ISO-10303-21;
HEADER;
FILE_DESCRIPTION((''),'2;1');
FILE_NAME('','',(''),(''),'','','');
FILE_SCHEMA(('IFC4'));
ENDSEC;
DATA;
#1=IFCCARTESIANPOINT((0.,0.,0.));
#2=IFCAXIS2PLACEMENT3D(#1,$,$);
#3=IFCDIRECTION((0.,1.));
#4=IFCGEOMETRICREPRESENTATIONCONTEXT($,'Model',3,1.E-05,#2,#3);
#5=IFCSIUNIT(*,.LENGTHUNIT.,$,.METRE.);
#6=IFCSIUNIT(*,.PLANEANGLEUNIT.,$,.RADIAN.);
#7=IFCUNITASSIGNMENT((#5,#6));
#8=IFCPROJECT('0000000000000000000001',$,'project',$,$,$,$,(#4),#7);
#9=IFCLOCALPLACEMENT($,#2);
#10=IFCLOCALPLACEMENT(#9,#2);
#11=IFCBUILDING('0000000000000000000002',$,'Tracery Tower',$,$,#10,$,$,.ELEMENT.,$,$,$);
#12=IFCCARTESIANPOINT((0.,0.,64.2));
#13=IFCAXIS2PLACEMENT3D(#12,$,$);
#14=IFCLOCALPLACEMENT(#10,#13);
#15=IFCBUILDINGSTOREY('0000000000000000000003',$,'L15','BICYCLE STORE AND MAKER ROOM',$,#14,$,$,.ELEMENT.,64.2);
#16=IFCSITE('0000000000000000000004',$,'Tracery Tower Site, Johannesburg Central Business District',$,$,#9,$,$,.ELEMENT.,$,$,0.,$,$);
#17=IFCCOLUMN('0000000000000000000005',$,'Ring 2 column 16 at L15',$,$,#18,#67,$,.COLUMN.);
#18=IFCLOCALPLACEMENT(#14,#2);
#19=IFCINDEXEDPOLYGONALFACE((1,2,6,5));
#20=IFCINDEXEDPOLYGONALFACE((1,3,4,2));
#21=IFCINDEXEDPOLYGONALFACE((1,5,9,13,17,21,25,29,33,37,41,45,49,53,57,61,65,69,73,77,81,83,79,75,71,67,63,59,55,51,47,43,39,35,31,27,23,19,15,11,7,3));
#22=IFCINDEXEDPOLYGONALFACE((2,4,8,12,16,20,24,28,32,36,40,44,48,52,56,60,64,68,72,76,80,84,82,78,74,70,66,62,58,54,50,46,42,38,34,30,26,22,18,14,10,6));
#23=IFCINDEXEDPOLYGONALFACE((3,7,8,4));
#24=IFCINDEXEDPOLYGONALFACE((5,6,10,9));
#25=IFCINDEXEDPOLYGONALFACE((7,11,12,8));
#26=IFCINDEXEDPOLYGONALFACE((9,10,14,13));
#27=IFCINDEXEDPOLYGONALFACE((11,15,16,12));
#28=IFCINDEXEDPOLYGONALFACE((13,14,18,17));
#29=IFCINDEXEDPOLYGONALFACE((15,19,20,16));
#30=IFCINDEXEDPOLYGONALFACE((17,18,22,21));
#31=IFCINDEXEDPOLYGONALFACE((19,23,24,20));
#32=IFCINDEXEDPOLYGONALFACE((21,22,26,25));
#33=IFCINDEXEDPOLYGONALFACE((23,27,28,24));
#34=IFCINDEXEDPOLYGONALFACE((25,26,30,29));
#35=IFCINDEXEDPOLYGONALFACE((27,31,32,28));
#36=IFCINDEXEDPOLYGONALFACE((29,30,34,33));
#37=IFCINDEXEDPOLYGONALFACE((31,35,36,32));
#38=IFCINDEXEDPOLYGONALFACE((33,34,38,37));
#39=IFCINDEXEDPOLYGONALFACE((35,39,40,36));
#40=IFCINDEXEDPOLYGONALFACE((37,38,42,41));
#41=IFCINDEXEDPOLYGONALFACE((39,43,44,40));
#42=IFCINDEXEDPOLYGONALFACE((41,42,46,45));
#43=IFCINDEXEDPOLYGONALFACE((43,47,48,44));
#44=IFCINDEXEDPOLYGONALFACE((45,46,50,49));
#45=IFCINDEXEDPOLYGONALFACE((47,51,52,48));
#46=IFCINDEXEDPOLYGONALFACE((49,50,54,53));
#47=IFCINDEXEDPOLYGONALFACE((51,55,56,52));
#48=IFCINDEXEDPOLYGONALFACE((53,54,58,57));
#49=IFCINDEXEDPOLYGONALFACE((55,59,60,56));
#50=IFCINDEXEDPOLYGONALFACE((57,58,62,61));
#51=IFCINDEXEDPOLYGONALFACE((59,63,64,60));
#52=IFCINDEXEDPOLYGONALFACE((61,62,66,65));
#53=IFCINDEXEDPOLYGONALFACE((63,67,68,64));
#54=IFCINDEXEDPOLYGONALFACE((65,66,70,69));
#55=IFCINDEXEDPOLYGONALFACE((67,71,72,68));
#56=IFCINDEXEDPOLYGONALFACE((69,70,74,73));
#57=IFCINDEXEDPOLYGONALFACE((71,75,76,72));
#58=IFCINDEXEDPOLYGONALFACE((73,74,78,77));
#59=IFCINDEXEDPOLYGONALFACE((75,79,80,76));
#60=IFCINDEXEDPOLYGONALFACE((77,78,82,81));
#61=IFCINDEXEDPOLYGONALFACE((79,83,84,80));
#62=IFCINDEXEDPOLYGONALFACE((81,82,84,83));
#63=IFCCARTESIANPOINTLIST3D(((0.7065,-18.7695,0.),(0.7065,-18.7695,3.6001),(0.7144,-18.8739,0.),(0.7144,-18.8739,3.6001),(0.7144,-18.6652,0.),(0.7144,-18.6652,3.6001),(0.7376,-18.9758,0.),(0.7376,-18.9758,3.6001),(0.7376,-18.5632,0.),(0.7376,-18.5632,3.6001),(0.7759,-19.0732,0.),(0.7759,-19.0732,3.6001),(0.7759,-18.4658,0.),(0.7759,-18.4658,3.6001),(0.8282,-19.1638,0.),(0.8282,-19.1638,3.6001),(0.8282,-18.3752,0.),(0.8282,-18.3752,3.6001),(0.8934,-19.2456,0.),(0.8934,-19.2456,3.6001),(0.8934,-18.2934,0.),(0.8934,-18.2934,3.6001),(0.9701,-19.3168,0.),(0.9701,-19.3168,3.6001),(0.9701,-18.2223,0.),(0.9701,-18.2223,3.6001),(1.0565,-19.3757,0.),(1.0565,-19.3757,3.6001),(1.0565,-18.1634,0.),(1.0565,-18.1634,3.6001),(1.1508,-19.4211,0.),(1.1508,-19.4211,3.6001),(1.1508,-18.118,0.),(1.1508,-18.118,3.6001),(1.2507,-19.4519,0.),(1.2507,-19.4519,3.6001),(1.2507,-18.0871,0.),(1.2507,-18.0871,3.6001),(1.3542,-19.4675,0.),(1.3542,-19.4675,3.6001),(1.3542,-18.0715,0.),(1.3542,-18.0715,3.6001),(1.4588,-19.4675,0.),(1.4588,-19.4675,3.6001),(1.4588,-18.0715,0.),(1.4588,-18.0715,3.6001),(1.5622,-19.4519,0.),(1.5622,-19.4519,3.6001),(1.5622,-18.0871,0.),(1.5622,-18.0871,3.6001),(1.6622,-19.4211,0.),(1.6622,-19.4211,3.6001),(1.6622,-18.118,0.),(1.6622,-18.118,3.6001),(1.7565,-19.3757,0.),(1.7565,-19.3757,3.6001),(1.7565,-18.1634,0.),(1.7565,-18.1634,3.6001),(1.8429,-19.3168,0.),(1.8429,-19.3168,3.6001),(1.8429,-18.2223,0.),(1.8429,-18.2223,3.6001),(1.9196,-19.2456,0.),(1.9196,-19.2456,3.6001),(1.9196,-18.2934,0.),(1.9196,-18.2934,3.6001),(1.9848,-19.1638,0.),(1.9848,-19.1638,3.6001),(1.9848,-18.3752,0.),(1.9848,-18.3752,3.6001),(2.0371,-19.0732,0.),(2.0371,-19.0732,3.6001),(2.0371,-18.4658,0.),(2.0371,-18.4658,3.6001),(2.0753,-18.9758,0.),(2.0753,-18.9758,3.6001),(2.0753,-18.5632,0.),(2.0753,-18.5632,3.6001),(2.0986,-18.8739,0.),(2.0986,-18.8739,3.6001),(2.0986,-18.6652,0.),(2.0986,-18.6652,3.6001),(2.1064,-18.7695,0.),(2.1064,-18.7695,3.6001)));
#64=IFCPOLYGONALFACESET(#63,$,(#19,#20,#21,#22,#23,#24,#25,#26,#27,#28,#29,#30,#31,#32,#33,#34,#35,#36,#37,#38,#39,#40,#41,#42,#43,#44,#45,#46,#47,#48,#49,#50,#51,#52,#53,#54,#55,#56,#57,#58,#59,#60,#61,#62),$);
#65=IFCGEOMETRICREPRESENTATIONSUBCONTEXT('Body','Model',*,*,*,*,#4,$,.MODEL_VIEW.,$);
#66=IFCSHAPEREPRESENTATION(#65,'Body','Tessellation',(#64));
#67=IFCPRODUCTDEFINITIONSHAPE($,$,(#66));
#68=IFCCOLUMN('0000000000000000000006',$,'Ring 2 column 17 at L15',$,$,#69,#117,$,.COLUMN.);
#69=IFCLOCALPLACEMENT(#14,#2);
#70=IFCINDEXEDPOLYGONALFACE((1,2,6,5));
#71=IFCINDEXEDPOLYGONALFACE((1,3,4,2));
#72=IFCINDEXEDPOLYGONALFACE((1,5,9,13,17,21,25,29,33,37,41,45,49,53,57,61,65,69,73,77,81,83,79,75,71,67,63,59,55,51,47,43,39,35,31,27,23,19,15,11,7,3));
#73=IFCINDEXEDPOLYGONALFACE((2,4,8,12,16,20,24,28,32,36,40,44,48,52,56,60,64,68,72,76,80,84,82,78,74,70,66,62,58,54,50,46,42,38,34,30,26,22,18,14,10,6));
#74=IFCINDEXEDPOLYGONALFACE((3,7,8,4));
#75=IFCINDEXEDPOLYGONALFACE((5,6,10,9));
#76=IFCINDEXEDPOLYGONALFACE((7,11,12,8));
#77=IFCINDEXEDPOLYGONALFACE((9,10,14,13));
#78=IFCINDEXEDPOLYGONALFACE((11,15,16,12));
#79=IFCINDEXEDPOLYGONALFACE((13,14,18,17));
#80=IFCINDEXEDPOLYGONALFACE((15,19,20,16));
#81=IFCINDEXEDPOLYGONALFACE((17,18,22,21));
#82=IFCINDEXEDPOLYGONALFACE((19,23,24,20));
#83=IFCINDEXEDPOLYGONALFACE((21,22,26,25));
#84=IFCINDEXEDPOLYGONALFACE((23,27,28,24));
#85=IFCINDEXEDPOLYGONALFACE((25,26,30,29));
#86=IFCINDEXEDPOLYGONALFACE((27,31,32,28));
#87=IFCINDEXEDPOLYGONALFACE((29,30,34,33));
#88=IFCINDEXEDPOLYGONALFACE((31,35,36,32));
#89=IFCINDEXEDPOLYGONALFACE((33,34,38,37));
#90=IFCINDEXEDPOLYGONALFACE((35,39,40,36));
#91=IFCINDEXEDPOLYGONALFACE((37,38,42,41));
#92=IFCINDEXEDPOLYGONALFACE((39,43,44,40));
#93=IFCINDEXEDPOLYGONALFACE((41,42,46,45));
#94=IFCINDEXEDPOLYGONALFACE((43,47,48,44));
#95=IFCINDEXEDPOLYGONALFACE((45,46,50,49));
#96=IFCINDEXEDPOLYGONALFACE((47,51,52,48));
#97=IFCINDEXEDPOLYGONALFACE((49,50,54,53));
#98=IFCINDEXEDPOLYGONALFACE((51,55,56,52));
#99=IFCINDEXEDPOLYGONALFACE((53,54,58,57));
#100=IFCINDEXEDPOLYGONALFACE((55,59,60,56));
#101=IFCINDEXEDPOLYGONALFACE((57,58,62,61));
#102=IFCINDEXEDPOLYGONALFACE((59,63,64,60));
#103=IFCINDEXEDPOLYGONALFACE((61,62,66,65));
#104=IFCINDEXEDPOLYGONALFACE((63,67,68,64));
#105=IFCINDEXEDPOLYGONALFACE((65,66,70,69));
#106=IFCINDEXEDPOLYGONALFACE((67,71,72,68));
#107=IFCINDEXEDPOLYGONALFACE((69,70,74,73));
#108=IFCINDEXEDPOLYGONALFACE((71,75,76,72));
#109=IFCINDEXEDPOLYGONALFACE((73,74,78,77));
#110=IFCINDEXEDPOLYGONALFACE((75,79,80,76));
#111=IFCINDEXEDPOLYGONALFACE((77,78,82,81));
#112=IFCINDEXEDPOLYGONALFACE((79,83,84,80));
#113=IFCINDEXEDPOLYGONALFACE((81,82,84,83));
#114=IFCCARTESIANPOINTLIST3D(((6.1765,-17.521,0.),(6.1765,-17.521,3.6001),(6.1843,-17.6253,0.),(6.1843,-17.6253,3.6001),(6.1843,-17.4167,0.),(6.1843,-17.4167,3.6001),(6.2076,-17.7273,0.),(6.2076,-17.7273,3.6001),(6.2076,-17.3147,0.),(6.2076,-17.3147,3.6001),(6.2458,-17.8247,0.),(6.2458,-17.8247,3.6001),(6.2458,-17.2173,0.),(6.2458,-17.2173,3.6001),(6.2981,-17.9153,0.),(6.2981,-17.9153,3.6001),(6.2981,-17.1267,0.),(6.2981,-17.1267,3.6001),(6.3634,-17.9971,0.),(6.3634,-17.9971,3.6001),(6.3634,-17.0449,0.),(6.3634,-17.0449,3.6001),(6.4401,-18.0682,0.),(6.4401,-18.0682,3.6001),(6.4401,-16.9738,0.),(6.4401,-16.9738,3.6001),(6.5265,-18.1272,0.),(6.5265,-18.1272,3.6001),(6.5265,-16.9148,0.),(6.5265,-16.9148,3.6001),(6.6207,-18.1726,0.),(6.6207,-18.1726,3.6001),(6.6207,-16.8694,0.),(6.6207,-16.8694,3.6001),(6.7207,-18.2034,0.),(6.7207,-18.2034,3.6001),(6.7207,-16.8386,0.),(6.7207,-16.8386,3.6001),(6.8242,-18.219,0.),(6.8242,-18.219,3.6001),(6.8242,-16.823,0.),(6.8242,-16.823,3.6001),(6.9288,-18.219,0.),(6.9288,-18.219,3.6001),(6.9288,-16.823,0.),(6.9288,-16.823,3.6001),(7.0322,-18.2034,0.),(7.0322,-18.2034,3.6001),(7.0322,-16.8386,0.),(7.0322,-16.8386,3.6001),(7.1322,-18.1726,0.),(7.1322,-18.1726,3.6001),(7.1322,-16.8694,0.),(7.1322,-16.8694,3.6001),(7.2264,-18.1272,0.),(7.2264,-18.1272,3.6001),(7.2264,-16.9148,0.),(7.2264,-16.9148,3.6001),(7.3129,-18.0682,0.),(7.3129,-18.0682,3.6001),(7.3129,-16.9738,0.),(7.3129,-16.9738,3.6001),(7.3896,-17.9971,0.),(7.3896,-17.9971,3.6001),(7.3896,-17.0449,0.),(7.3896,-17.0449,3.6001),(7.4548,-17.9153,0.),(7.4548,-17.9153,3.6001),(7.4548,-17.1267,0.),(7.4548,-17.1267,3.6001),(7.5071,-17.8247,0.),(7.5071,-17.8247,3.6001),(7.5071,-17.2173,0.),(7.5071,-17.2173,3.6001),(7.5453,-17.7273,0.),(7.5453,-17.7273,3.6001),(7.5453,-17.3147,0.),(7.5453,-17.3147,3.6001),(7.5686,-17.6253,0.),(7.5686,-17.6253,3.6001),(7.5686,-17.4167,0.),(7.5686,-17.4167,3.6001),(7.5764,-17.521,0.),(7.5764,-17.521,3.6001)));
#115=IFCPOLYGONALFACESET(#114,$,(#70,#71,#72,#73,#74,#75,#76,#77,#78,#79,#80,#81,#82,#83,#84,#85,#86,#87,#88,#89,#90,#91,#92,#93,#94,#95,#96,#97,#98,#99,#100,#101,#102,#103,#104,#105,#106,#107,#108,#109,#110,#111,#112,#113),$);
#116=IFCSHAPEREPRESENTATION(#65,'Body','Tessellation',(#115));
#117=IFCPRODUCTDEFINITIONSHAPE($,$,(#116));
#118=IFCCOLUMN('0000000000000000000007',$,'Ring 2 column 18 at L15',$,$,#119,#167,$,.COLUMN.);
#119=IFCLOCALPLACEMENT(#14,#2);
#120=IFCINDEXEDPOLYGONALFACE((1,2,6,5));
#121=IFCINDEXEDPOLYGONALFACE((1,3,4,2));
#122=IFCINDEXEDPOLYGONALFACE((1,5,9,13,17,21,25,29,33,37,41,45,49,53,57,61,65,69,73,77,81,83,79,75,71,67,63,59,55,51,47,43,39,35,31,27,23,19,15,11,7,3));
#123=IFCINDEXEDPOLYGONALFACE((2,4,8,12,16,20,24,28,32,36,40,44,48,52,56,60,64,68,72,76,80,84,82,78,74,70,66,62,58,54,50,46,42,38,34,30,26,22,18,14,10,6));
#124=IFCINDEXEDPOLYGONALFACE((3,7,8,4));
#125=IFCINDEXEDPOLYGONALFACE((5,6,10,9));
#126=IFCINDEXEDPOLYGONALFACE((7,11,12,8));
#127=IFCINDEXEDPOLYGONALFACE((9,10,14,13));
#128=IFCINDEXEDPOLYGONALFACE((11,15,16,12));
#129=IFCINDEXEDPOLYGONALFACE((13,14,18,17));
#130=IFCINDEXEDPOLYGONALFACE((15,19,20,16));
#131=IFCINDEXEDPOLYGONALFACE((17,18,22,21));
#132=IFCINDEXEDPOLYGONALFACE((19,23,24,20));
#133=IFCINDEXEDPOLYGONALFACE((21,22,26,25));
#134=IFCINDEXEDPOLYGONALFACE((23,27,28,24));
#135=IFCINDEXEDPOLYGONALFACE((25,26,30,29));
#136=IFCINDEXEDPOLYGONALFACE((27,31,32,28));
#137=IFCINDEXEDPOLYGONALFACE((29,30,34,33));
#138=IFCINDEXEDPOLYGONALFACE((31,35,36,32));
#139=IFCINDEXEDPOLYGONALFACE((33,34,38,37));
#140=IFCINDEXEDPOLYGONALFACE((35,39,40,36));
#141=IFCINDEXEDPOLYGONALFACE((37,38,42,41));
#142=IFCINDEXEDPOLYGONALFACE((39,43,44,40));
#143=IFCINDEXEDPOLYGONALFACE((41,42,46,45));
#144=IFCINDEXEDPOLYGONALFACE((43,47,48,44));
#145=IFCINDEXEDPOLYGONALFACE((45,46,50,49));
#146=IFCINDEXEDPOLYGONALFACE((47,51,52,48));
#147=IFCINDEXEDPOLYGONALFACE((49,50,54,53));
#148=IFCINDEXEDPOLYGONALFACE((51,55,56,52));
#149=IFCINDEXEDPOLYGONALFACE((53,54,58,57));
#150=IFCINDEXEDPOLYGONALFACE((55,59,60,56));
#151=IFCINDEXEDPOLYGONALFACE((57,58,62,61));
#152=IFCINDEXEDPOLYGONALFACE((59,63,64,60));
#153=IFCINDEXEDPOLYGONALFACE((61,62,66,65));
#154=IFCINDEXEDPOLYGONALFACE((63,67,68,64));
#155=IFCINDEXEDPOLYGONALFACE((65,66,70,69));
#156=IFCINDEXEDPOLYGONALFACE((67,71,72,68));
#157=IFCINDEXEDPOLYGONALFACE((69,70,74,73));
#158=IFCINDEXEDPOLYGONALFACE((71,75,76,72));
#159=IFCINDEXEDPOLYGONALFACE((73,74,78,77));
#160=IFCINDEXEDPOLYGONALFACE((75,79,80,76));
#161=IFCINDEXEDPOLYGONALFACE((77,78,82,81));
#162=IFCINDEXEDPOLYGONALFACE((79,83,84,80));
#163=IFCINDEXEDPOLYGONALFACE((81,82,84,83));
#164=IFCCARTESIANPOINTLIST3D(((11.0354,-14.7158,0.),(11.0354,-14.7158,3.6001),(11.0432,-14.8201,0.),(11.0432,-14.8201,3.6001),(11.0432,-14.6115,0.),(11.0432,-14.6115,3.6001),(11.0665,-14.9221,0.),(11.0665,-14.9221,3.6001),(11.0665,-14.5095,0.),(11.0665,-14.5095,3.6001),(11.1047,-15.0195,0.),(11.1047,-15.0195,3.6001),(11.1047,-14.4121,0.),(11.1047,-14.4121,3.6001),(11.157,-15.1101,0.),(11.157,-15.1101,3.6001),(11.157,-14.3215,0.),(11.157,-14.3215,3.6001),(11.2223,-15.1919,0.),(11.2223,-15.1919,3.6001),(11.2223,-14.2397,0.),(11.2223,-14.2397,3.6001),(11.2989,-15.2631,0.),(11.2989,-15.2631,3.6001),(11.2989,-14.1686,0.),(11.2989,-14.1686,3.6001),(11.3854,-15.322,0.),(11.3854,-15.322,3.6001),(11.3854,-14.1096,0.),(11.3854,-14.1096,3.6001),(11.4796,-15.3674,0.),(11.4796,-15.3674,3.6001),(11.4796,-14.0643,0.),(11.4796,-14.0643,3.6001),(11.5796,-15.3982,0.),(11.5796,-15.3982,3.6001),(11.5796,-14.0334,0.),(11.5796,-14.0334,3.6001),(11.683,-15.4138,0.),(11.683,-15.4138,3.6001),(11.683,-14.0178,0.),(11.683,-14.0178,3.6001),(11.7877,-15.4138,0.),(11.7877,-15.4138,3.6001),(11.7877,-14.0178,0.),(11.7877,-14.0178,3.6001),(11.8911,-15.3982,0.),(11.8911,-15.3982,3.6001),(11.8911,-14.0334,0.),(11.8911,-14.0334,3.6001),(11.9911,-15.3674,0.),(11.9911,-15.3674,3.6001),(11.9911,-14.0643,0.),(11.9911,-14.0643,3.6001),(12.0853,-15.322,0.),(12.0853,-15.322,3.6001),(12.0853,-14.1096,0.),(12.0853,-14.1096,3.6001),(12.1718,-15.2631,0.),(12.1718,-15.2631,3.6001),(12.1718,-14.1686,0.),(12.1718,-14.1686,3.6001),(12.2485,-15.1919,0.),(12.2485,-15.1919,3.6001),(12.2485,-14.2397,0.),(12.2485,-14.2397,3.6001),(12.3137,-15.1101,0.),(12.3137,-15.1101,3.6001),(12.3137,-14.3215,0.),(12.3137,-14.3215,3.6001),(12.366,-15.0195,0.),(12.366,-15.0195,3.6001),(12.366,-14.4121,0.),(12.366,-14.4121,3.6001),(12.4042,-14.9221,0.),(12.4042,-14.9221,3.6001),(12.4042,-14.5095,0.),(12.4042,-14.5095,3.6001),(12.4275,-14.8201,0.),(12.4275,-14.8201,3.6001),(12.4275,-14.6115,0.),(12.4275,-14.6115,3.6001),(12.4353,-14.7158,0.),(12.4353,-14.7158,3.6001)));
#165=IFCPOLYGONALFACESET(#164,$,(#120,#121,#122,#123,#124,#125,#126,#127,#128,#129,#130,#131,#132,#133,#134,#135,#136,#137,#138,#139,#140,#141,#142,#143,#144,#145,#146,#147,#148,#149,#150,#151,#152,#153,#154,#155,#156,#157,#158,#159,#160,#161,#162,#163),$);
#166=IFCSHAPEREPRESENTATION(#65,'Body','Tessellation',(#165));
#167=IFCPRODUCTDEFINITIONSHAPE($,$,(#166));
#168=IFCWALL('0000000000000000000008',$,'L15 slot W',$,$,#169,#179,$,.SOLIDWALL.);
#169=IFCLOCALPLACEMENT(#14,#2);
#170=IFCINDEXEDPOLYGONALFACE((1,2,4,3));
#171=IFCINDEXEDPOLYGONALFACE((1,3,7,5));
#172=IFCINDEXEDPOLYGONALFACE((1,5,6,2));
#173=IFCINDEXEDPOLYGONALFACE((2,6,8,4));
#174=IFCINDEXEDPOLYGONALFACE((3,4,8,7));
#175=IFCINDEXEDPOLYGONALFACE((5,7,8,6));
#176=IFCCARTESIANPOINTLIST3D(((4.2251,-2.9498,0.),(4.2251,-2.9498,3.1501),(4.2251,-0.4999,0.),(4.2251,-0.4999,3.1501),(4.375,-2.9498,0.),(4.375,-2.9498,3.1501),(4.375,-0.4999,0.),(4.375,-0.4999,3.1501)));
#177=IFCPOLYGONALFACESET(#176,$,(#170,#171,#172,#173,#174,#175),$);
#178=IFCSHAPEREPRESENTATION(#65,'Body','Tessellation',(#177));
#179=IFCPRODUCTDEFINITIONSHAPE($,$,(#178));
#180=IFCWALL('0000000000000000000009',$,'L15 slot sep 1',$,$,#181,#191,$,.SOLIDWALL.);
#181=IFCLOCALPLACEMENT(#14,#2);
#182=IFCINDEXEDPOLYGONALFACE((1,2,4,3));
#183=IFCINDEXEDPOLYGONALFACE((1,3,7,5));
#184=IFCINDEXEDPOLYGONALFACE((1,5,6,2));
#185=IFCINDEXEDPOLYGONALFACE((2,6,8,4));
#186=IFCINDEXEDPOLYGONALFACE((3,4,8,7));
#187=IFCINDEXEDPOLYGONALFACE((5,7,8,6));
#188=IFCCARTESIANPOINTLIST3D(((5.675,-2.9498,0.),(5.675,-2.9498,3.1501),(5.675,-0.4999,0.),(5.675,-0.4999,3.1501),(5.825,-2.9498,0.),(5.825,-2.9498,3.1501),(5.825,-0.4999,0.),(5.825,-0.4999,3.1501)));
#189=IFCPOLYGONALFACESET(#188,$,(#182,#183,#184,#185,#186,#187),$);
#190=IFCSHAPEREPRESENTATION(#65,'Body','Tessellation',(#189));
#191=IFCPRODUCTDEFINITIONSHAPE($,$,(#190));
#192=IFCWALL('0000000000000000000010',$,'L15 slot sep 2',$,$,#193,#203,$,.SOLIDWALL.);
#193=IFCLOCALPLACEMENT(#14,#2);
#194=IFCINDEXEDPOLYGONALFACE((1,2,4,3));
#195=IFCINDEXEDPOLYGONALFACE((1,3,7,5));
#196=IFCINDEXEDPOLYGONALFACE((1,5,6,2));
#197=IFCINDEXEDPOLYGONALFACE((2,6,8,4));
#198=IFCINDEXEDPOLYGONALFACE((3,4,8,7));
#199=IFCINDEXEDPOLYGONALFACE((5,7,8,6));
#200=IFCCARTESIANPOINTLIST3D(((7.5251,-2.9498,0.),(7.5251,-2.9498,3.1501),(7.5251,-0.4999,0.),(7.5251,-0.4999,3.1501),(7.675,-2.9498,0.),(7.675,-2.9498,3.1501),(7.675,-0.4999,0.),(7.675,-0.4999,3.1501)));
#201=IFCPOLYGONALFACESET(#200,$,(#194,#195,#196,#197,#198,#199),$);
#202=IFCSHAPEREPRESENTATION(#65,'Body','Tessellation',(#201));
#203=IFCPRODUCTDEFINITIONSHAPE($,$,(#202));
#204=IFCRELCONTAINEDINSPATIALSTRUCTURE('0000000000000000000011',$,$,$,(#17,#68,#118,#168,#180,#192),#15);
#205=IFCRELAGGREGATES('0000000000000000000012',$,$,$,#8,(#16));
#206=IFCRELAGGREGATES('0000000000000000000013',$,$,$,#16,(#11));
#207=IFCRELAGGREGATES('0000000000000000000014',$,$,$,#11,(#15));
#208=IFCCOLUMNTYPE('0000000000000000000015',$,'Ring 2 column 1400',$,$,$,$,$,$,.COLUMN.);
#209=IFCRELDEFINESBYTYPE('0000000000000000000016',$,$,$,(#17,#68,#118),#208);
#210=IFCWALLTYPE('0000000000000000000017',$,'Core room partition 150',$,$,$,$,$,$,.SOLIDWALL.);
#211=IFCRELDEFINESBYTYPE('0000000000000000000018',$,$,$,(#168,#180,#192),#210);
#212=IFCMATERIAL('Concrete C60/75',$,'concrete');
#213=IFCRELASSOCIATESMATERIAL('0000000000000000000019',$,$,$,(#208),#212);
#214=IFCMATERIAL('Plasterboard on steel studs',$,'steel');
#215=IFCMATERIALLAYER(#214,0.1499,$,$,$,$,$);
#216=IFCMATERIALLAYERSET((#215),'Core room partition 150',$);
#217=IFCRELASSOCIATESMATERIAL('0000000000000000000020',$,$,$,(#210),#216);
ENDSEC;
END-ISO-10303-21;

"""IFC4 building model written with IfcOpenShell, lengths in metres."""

from ifc_helpers import new_model, si_unit, direction, frame, frame_2d, origin, origin_2d, place, context, subcontext, project, spatial, rectangle, circle, extrude, material, layer, layer_set, material_profile, profile_set, type_object, element, save


model = new_model("IFC4")

# Units and contexts
model_context = context("Model", 3, precision=1e-05, world=origin(), true_north=direction((0.0, 1.0)))
body_context = subcontext(model_context, "Body", "Model", "MODEL_VIEW")
ifc_project = project(units=[si_unit("LENGTHUNIT", "METRE"), si_unit("PLANEANGLEUNIT", "RADIAN")], contexts=[model_context])

# Site, building, storey
site_placement = place(None, origin())
site = spatial("IfcSite", under=ifc_project, at=site_placement, Name="Tracery Tower Site, Johannesburg Central Business District", CompositionType="ELEMENT", RefElevation=0.0)
building_placement = place(site_placement, origin())
building = spatial("IfcBuilding", under=site, at=building_placement, Name="Tracery Tower", CompositionType="ELEMENT")
storey_placement = place(building_placement, frame((0.0, 0.0, 64.2)))
storey = spatial("IfcBuildingStorey", under=building, at=storey_placement, Name="L15", Description="BICYCLE STORE AND MAKER ROOM", CompositionType="ELEMENT", Elevation=64.2)

# Columns
ifc_material_1 = material(Name="Concrete C60/75", Category="concrete")
ifc_material_profile = material_profile(ifc_material_1, circle(Radius=0.7, at=origin_2d()), Name="RC D1400")
ifc_profile_set = profile_set([ifc_material_profile], Name="Concrete C60/75")
column_type = type_object("IfcColumnType", Name="Ring 2 column 1400", PredefinedType="COLUMN", material=ifc_profile_set)
for number, where, z_axis, x_axis, name in (
    (1, (1.4065, -18.7695, 0.0), (0.0, 0.0, 1.0), (1.0, 0.0, 0.0), "Ring 2 column 16 at L15"),
    (2, (6.8765, -17.521, 0.0), (0.0, 0.0, 1.0), (1.0, 0.0, 0.0), "Ring 2 column 17 at L15"),
    (3, (11.7354, -14.7158, 0.0), (0.0, 0.0, 1.0), (1.0, 0.0, 0.0), "Ring 2 column 18 at L15"),
):
    element("IfcColumn", number, at=place(storey_placement, frame(where, z_axis=z_axis, x_axis=x_axis)), inside=storey, type_object=column_type, Name=name, PredefinedType="COLUMN", context=body_context, shape_type="SweptSolid", body=[
        extrude(circle(Radius=0.7, at=origin_2d()), origin(), (0.0, 0.0, 1.0), 3.6001),
    ])

# Walls
ifc_material_2 = material(Name="Plasterboard on steel studs", Category="steel")
ifc_layer_1 = layer(ifc_material_2, 0.1499)
ifc_layer_set_1 = layer_set([ifc_layer_1], Name="Core room partition 150")
wall_type_1 = type_object("IfcWallType", Name="Core room partition 150", PredefinedType="SOLIDWALL", material=ifc_layer_set_1)
for number, where, z_axis, x_axis, name in (
    (4, (4.3, -2.95, 0.0), (0.0, 0.0, 1.0), (0.0, 1.0, 0.0), "L15 slot W"),
    (5, (5.75, -2.95, 0.0), (0.0, 0.0, 1.0), (0.0, 1.0, 0.0), "L15 slot sep 1"),
    (6, (7.6001, -2.95, 0.0), (0.0, 0.0, 1.0), (0.0, 1.0, 0.0), "L15 slot sep 2"),
):
    element("IfcWall", number, at=place(storey_placement, frame(where, z_axis=z_axis, x_axis=x_axis)), inside=storey, type_object=wall_type_1, Name=name, PredefinedType="SOLIDWALL", context=body_context, shape_type="SweptSolid", body=[
        extrude(rectangle(XDim=2.45, YDim=0.1499, at=frame_2d((1.2251, 0.0))), origin(), (0.0, 0.0, 1.0), 3.1501),
    ])

save(model, "model.ifc")
